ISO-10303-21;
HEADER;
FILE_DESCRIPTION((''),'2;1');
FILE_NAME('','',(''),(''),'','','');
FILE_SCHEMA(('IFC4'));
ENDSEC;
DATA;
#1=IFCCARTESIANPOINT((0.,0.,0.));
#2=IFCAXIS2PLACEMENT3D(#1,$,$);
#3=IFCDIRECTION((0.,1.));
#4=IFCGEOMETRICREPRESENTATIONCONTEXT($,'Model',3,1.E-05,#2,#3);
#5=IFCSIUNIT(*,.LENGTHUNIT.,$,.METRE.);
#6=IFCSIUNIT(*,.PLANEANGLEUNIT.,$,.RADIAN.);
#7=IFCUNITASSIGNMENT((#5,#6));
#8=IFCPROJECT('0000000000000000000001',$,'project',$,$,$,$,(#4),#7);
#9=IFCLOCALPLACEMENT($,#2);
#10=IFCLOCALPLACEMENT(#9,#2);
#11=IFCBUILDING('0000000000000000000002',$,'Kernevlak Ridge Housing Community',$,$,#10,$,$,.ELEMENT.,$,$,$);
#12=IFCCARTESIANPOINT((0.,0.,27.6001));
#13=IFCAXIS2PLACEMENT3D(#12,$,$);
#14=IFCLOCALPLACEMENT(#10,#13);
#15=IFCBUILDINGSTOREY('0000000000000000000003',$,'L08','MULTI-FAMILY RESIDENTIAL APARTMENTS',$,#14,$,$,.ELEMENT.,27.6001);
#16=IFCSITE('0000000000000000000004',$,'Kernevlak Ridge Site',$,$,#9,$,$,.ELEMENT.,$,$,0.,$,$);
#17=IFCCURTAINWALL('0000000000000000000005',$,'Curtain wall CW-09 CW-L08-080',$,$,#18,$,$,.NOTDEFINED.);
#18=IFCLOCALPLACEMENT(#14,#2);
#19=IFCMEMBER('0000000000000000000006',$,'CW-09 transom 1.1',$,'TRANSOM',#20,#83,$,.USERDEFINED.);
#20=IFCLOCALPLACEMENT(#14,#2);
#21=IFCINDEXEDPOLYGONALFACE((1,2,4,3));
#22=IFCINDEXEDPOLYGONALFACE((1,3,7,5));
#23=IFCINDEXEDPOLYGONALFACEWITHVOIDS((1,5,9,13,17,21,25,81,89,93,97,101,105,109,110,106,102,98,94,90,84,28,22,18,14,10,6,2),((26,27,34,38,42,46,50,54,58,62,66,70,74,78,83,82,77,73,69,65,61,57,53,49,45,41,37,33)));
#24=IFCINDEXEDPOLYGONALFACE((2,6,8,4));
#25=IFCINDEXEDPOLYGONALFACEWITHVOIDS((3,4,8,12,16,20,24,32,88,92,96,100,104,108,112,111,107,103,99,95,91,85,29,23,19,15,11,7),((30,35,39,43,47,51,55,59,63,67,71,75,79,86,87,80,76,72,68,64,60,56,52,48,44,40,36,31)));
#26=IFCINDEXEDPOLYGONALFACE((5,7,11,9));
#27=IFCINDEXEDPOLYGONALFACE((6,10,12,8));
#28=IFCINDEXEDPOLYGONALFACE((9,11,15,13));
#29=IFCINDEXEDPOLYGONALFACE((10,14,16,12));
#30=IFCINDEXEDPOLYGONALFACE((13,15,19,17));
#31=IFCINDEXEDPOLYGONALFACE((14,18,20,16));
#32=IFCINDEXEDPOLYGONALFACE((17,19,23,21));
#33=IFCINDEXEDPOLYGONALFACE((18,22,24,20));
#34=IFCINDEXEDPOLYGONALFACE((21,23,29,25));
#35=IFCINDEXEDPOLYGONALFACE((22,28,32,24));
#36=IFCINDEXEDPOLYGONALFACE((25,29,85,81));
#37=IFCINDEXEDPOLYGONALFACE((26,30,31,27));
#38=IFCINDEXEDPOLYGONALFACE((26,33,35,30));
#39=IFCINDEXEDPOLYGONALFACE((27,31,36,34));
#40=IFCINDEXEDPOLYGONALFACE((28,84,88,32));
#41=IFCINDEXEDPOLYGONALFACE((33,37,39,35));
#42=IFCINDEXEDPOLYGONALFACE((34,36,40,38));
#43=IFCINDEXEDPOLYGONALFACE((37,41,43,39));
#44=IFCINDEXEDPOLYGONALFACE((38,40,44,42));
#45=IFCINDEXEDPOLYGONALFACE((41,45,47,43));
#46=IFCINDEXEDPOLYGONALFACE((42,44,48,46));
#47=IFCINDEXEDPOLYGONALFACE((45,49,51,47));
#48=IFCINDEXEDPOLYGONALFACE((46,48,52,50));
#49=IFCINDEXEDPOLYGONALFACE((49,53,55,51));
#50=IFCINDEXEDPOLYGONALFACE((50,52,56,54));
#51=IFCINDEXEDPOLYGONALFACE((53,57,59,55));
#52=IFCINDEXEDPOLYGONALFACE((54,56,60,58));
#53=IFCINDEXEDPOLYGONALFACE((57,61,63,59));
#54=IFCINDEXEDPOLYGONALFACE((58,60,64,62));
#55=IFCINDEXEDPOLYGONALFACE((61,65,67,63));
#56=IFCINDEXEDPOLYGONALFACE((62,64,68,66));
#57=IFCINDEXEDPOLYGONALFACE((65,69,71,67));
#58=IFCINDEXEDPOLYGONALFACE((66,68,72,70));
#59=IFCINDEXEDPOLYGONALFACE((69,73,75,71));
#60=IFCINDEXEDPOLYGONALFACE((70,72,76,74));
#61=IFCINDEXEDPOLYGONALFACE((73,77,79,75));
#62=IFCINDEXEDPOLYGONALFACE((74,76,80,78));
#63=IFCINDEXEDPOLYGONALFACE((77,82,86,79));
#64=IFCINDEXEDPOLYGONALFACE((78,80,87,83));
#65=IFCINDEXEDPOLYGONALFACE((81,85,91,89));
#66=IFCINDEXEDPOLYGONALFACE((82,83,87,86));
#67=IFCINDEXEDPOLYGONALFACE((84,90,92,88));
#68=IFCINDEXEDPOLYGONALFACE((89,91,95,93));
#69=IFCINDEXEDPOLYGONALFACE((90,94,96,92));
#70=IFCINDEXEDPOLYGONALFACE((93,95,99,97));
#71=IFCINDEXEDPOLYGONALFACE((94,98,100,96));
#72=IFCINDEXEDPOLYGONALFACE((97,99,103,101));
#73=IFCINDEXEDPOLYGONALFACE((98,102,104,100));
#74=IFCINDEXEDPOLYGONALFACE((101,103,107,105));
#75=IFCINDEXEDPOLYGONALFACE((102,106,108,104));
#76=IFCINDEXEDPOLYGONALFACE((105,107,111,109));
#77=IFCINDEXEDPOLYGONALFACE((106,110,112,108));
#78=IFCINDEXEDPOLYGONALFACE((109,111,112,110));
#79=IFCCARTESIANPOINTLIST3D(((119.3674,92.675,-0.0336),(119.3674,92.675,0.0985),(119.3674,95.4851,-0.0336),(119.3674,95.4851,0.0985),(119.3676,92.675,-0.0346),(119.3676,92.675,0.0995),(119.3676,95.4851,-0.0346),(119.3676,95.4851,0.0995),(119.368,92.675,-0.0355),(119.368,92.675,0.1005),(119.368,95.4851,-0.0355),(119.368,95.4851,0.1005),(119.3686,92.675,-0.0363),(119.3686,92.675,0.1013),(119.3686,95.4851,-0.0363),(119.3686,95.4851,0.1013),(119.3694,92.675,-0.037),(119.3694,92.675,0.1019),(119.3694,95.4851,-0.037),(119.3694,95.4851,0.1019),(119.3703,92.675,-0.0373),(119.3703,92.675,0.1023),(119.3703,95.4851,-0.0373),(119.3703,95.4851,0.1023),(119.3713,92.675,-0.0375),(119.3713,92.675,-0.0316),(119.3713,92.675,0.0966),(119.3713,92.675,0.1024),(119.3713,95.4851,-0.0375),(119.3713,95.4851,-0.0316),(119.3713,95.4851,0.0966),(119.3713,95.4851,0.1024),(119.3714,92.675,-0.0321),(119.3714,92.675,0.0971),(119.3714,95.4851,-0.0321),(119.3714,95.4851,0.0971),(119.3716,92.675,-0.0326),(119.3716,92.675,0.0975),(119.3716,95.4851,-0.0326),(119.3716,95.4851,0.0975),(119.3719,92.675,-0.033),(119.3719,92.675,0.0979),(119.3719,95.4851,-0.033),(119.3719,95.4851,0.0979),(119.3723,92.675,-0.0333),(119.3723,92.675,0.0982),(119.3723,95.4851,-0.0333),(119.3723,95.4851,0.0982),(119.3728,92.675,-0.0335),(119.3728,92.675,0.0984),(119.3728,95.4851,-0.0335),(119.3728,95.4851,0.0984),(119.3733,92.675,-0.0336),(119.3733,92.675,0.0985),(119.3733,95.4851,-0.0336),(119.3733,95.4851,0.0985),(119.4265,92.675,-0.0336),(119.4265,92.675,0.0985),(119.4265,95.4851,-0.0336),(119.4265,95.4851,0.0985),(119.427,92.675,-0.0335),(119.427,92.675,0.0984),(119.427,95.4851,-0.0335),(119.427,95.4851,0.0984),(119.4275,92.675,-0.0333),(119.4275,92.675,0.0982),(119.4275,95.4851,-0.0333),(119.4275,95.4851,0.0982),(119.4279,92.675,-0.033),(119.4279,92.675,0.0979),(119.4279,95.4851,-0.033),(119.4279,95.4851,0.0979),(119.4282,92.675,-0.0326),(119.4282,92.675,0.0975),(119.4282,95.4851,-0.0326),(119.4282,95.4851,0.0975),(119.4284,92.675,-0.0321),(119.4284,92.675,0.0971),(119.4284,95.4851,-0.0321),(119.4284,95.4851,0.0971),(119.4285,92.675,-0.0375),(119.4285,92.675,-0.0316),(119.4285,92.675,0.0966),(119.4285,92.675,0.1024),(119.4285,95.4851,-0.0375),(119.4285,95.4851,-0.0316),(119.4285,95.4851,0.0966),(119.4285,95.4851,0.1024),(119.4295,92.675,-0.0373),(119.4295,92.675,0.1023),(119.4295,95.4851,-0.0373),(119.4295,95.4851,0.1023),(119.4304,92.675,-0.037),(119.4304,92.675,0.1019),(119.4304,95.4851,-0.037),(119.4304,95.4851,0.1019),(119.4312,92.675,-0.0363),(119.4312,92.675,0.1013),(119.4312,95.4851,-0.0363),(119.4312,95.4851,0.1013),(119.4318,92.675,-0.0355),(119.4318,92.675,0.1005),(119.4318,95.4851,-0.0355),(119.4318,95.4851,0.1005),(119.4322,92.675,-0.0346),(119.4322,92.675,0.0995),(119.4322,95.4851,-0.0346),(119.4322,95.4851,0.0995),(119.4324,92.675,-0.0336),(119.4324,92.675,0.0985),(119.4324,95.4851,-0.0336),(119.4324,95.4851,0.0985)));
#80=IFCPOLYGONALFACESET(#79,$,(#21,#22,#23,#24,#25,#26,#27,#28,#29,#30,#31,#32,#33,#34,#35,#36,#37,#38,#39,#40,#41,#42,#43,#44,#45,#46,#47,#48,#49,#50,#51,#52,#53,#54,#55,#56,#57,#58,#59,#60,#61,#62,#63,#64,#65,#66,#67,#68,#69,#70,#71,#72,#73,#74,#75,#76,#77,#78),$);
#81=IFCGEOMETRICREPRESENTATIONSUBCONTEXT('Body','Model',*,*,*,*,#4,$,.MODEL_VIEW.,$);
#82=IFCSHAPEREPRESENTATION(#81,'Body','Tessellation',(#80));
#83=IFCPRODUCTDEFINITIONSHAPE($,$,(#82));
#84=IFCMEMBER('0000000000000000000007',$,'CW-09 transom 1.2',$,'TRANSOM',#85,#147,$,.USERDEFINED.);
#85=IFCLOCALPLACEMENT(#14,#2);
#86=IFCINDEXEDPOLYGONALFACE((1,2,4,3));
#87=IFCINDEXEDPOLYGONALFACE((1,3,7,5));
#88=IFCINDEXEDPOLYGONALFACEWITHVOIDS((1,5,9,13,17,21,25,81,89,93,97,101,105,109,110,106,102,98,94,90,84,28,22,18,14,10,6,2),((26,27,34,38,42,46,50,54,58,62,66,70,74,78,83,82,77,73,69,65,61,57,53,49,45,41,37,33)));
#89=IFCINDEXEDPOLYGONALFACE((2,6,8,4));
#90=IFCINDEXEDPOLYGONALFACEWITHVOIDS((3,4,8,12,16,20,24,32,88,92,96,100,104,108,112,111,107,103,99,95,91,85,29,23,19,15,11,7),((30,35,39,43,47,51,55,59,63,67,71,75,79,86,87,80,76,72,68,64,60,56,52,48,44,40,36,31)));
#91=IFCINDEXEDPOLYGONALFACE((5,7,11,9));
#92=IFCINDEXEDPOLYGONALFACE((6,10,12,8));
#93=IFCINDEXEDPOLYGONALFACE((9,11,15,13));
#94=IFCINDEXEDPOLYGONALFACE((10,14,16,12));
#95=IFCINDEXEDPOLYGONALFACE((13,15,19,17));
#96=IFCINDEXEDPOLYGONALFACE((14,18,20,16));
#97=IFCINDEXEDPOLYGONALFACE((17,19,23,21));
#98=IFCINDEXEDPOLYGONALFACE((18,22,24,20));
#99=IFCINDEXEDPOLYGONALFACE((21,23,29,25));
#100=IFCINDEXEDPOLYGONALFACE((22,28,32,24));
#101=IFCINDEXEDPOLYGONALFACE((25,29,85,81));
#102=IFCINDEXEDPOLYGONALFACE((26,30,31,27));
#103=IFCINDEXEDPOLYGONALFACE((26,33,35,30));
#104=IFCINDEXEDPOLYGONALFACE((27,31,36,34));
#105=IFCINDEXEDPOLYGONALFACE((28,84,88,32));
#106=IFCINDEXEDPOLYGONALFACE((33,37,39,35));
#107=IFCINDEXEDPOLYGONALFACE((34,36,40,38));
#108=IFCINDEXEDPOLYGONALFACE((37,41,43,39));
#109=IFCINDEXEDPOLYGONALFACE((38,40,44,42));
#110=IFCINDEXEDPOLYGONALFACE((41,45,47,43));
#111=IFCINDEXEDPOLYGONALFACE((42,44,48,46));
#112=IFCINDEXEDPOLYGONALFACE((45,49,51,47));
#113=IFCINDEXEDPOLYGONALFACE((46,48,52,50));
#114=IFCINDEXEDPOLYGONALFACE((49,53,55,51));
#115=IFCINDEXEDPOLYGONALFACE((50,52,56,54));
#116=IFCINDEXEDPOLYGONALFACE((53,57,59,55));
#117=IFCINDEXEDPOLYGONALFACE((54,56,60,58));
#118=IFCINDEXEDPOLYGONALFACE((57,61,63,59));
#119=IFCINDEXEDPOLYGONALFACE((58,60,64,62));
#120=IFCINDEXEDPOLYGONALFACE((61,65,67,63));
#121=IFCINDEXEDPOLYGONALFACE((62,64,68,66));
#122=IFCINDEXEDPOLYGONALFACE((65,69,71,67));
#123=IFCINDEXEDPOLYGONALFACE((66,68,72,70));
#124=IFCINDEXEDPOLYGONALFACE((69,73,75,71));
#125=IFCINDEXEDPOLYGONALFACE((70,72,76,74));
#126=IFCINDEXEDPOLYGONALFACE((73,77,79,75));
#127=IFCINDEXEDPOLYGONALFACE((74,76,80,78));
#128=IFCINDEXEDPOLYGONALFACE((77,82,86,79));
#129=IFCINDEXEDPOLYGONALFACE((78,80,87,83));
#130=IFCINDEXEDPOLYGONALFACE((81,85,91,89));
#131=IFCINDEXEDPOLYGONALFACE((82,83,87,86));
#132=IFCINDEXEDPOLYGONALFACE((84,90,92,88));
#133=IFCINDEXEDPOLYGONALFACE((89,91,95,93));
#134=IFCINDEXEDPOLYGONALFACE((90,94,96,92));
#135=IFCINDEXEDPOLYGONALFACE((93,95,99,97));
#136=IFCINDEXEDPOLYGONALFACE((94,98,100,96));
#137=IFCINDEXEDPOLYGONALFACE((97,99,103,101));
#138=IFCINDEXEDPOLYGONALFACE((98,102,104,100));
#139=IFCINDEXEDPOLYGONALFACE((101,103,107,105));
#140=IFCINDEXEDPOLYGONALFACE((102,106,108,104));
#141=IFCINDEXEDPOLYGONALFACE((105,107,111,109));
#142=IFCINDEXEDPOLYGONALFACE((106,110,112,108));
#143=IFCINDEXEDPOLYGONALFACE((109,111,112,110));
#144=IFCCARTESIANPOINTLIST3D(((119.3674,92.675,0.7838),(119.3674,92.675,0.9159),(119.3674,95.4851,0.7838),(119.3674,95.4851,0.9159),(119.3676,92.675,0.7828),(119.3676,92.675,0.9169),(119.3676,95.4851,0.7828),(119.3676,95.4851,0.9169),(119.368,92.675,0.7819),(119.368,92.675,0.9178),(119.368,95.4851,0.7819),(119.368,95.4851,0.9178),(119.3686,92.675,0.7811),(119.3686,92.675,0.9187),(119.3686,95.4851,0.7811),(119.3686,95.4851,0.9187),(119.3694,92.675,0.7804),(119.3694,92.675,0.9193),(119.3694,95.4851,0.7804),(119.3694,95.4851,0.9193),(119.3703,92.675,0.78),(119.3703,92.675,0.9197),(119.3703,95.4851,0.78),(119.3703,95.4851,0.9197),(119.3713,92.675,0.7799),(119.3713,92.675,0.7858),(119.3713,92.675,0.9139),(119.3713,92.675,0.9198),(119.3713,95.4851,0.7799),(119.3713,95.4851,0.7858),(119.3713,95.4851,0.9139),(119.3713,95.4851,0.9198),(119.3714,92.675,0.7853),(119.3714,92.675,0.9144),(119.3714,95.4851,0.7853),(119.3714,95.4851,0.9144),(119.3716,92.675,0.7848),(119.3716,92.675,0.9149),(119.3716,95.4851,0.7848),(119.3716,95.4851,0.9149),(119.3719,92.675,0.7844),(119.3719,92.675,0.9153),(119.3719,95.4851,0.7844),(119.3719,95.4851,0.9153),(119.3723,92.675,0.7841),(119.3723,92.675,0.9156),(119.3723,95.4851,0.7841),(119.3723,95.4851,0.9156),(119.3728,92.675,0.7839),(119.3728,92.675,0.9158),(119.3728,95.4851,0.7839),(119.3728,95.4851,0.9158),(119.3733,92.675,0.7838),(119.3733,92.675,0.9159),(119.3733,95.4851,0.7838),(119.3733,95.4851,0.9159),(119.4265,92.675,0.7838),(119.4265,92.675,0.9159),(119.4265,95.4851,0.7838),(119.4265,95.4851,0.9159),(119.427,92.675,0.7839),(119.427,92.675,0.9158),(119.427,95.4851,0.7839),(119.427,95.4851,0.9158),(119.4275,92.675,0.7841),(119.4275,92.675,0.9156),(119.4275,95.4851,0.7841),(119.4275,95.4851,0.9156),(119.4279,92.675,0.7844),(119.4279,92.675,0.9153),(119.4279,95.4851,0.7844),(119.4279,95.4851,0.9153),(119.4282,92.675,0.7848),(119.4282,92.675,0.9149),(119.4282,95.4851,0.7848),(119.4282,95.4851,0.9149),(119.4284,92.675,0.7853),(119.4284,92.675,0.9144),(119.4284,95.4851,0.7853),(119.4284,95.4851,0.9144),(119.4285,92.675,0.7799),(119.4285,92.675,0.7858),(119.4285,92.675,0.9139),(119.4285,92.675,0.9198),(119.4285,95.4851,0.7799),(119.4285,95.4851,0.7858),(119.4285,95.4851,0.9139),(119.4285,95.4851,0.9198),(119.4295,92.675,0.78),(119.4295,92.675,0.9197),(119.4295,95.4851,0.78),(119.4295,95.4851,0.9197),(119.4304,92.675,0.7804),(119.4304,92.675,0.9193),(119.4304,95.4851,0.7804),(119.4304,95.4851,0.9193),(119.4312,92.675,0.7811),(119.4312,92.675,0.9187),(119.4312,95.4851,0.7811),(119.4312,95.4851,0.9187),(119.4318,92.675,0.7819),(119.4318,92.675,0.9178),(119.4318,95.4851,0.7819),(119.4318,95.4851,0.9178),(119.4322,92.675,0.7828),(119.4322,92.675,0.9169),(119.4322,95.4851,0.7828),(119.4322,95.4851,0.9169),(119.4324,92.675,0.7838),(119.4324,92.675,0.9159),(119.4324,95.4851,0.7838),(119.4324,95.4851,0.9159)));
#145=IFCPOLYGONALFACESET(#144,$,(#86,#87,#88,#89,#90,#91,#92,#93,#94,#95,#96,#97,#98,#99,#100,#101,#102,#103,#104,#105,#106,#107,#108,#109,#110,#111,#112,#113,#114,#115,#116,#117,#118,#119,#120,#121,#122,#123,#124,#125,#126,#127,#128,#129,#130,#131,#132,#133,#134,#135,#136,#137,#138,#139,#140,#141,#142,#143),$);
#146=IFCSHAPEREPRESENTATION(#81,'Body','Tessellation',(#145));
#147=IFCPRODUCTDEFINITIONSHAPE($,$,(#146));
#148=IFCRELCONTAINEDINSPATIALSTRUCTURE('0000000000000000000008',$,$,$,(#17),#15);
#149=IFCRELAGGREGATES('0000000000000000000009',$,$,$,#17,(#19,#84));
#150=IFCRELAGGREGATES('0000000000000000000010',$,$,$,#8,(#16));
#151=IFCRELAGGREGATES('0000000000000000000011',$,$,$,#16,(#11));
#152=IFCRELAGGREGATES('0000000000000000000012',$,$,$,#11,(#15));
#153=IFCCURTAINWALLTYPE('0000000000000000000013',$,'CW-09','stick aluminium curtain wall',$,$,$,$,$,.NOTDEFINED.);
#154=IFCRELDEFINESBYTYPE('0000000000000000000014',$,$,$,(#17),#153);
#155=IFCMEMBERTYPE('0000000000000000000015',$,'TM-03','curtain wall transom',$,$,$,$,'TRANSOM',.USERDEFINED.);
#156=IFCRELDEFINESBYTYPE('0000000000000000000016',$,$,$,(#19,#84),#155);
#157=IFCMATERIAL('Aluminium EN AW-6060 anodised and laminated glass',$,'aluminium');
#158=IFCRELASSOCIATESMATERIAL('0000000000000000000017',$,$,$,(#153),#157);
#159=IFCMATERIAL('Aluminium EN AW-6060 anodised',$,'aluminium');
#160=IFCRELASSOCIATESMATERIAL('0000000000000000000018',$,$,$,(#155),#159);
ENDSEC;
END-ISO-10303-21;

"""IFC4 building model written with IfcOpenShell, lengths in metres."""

from ifc_helpers import new_model, si_unit, direction, frame, origin, origin_2d, place, context, subcontext, project, spatial, hollow_rectangle, extrude, material, material_profile, profile_set, type_object, element, aggregate, save


model = new_model("IFC4")

# Units and contexts
model_context = context("Model", 3, precision=1e-05, world=origin(), true_north=direction((0.0, 1.0)))
body_context = subcontext(model_context, "Body", "Model", "MODEL_VIEW")
ifc_project = project(units=[si_unit("LENGTHUNIT", "METRE"), si_unit("PLANEANGLEUNIT", "RADIAN")], contexts=[model_context])

# Site, building, storey
site_placement = place(None, origin())
site = spatial("IfcSite", under=ifc_project, at=site_placement, Name="Kernevlak Ridge Site", CompositionType="ELEMENT", RefElevation=0.0)
building_placement = place(site_placement, origin())
building = spatial("IfcBuilding", under=site, at=building_placement, Name="Kernevlak Ridge Housing Community", CompositionType="ELEMENT")
storey_placement = place(building_placement, frame((0.0, 0.0, 27.6001)))
storey = spatial("IfcBuildingStorey", under=building, at=storey_placement, Name="L08", Description="MULTI-FAMILY RESIDENTIAL APARTMENTS", CompositionType="ELEMENT", Elevation=27.6001)

# Curtain wall
ifc_material_1 = material(Name="Aluminium EN AW-6060 anodised and laminated glass", Category="aluminium")
curtain_wall_type = type_object("IfcCurtainWallType", Name="CW-09", Description="stick aluminium curtain wall", PredefinedType="NOTDEFINED", material=ifc_material_1)
curtain_wall_placement = place(storey_placement, origin())
curtain_wall = element("IfcCurtainWall", 1, at=curtain_wall_placement, inside=storey, type_object=curtain_wall_type, Name="Curtain wall CW-09 CW-L08-080", PredefinedType="NOTDEFINED")
ifc_material_2 = material(Name="Aluminium EN AW-6060 anodised", Category="aluminium")

# Members
ifc_material_profile_1 = material_profile(ifc_material_2, hollow_rectangle(XDim=0.0649, YDim=0.1399, WallThickness=0.0039, InnerFilletRadius=0.002, OuterFilletRadius=0.0039, at=origin_2d()), Name="ALU 65x140x4")
ifc_profile_set_1 = profile_set([ifc_material_profile_1], Name="Aluminium EN AW-6060 anodised")
member_type_1 = type_object("IfcMemberType", Name="TM-03", Description="curtain wall transom", ElementType="TRANSOM", PredefinedType="USERDEFINED", material=ifc_profile_set_1)
member_1_placement = place(storey_placement, frame((119.3999, 92.675, 0.0325), z_axis=(0.0, 1.0, 0.0), x_axis=(-1.0, 0.0, 0.0)))
member_1 = element("IfcMember", 2, at=member_1_placement, type_object=member_type_1, Name="CW-09 transom 1.1", ObjectType="TRANSOM", PredefinedType="USERDEFINED", context=body_context, shape_type="SweptSolid", body=[
    extrude(hollow_rectangle(XDim=0.0649, YDim=0.1399, WallThickness=0.0039, InnerFilletRadius=0.002, OuterFilletRadius=0.0039, at=origin_2d()), origin(), (0.0, 0.0, 1.0), 2.8101),
])
member_2_placement = place(storey_placement, frame((119.3999, 92.675, 0.8499), z_axis=(0.0, 1.0, 0.0), x_axis=(-1.0, 0.0, 0.0)))
member_2 = element("IfcMember", 3, at=member_2_placement, type_object=member_type_1, Name="CW-09 transom 1.2", ObjectType="TRANSOM", PredefinedType="USERDEFINED", context=body_context, shape_type="SweptSolid", body=[
    extrude(hollow_rectangle(XDim=0.0649, YDim=0.1399, WallThickness=0.0039, InnerFilletRadius=0.002, OuterFilletRadius=0.0039, at=origin_2d()), origin(), (0.0, 0.0, 1.0), 2.8101),
])

aggregate(curtain_wall, [member_1, member_2])

save(model, "model.ifc")
